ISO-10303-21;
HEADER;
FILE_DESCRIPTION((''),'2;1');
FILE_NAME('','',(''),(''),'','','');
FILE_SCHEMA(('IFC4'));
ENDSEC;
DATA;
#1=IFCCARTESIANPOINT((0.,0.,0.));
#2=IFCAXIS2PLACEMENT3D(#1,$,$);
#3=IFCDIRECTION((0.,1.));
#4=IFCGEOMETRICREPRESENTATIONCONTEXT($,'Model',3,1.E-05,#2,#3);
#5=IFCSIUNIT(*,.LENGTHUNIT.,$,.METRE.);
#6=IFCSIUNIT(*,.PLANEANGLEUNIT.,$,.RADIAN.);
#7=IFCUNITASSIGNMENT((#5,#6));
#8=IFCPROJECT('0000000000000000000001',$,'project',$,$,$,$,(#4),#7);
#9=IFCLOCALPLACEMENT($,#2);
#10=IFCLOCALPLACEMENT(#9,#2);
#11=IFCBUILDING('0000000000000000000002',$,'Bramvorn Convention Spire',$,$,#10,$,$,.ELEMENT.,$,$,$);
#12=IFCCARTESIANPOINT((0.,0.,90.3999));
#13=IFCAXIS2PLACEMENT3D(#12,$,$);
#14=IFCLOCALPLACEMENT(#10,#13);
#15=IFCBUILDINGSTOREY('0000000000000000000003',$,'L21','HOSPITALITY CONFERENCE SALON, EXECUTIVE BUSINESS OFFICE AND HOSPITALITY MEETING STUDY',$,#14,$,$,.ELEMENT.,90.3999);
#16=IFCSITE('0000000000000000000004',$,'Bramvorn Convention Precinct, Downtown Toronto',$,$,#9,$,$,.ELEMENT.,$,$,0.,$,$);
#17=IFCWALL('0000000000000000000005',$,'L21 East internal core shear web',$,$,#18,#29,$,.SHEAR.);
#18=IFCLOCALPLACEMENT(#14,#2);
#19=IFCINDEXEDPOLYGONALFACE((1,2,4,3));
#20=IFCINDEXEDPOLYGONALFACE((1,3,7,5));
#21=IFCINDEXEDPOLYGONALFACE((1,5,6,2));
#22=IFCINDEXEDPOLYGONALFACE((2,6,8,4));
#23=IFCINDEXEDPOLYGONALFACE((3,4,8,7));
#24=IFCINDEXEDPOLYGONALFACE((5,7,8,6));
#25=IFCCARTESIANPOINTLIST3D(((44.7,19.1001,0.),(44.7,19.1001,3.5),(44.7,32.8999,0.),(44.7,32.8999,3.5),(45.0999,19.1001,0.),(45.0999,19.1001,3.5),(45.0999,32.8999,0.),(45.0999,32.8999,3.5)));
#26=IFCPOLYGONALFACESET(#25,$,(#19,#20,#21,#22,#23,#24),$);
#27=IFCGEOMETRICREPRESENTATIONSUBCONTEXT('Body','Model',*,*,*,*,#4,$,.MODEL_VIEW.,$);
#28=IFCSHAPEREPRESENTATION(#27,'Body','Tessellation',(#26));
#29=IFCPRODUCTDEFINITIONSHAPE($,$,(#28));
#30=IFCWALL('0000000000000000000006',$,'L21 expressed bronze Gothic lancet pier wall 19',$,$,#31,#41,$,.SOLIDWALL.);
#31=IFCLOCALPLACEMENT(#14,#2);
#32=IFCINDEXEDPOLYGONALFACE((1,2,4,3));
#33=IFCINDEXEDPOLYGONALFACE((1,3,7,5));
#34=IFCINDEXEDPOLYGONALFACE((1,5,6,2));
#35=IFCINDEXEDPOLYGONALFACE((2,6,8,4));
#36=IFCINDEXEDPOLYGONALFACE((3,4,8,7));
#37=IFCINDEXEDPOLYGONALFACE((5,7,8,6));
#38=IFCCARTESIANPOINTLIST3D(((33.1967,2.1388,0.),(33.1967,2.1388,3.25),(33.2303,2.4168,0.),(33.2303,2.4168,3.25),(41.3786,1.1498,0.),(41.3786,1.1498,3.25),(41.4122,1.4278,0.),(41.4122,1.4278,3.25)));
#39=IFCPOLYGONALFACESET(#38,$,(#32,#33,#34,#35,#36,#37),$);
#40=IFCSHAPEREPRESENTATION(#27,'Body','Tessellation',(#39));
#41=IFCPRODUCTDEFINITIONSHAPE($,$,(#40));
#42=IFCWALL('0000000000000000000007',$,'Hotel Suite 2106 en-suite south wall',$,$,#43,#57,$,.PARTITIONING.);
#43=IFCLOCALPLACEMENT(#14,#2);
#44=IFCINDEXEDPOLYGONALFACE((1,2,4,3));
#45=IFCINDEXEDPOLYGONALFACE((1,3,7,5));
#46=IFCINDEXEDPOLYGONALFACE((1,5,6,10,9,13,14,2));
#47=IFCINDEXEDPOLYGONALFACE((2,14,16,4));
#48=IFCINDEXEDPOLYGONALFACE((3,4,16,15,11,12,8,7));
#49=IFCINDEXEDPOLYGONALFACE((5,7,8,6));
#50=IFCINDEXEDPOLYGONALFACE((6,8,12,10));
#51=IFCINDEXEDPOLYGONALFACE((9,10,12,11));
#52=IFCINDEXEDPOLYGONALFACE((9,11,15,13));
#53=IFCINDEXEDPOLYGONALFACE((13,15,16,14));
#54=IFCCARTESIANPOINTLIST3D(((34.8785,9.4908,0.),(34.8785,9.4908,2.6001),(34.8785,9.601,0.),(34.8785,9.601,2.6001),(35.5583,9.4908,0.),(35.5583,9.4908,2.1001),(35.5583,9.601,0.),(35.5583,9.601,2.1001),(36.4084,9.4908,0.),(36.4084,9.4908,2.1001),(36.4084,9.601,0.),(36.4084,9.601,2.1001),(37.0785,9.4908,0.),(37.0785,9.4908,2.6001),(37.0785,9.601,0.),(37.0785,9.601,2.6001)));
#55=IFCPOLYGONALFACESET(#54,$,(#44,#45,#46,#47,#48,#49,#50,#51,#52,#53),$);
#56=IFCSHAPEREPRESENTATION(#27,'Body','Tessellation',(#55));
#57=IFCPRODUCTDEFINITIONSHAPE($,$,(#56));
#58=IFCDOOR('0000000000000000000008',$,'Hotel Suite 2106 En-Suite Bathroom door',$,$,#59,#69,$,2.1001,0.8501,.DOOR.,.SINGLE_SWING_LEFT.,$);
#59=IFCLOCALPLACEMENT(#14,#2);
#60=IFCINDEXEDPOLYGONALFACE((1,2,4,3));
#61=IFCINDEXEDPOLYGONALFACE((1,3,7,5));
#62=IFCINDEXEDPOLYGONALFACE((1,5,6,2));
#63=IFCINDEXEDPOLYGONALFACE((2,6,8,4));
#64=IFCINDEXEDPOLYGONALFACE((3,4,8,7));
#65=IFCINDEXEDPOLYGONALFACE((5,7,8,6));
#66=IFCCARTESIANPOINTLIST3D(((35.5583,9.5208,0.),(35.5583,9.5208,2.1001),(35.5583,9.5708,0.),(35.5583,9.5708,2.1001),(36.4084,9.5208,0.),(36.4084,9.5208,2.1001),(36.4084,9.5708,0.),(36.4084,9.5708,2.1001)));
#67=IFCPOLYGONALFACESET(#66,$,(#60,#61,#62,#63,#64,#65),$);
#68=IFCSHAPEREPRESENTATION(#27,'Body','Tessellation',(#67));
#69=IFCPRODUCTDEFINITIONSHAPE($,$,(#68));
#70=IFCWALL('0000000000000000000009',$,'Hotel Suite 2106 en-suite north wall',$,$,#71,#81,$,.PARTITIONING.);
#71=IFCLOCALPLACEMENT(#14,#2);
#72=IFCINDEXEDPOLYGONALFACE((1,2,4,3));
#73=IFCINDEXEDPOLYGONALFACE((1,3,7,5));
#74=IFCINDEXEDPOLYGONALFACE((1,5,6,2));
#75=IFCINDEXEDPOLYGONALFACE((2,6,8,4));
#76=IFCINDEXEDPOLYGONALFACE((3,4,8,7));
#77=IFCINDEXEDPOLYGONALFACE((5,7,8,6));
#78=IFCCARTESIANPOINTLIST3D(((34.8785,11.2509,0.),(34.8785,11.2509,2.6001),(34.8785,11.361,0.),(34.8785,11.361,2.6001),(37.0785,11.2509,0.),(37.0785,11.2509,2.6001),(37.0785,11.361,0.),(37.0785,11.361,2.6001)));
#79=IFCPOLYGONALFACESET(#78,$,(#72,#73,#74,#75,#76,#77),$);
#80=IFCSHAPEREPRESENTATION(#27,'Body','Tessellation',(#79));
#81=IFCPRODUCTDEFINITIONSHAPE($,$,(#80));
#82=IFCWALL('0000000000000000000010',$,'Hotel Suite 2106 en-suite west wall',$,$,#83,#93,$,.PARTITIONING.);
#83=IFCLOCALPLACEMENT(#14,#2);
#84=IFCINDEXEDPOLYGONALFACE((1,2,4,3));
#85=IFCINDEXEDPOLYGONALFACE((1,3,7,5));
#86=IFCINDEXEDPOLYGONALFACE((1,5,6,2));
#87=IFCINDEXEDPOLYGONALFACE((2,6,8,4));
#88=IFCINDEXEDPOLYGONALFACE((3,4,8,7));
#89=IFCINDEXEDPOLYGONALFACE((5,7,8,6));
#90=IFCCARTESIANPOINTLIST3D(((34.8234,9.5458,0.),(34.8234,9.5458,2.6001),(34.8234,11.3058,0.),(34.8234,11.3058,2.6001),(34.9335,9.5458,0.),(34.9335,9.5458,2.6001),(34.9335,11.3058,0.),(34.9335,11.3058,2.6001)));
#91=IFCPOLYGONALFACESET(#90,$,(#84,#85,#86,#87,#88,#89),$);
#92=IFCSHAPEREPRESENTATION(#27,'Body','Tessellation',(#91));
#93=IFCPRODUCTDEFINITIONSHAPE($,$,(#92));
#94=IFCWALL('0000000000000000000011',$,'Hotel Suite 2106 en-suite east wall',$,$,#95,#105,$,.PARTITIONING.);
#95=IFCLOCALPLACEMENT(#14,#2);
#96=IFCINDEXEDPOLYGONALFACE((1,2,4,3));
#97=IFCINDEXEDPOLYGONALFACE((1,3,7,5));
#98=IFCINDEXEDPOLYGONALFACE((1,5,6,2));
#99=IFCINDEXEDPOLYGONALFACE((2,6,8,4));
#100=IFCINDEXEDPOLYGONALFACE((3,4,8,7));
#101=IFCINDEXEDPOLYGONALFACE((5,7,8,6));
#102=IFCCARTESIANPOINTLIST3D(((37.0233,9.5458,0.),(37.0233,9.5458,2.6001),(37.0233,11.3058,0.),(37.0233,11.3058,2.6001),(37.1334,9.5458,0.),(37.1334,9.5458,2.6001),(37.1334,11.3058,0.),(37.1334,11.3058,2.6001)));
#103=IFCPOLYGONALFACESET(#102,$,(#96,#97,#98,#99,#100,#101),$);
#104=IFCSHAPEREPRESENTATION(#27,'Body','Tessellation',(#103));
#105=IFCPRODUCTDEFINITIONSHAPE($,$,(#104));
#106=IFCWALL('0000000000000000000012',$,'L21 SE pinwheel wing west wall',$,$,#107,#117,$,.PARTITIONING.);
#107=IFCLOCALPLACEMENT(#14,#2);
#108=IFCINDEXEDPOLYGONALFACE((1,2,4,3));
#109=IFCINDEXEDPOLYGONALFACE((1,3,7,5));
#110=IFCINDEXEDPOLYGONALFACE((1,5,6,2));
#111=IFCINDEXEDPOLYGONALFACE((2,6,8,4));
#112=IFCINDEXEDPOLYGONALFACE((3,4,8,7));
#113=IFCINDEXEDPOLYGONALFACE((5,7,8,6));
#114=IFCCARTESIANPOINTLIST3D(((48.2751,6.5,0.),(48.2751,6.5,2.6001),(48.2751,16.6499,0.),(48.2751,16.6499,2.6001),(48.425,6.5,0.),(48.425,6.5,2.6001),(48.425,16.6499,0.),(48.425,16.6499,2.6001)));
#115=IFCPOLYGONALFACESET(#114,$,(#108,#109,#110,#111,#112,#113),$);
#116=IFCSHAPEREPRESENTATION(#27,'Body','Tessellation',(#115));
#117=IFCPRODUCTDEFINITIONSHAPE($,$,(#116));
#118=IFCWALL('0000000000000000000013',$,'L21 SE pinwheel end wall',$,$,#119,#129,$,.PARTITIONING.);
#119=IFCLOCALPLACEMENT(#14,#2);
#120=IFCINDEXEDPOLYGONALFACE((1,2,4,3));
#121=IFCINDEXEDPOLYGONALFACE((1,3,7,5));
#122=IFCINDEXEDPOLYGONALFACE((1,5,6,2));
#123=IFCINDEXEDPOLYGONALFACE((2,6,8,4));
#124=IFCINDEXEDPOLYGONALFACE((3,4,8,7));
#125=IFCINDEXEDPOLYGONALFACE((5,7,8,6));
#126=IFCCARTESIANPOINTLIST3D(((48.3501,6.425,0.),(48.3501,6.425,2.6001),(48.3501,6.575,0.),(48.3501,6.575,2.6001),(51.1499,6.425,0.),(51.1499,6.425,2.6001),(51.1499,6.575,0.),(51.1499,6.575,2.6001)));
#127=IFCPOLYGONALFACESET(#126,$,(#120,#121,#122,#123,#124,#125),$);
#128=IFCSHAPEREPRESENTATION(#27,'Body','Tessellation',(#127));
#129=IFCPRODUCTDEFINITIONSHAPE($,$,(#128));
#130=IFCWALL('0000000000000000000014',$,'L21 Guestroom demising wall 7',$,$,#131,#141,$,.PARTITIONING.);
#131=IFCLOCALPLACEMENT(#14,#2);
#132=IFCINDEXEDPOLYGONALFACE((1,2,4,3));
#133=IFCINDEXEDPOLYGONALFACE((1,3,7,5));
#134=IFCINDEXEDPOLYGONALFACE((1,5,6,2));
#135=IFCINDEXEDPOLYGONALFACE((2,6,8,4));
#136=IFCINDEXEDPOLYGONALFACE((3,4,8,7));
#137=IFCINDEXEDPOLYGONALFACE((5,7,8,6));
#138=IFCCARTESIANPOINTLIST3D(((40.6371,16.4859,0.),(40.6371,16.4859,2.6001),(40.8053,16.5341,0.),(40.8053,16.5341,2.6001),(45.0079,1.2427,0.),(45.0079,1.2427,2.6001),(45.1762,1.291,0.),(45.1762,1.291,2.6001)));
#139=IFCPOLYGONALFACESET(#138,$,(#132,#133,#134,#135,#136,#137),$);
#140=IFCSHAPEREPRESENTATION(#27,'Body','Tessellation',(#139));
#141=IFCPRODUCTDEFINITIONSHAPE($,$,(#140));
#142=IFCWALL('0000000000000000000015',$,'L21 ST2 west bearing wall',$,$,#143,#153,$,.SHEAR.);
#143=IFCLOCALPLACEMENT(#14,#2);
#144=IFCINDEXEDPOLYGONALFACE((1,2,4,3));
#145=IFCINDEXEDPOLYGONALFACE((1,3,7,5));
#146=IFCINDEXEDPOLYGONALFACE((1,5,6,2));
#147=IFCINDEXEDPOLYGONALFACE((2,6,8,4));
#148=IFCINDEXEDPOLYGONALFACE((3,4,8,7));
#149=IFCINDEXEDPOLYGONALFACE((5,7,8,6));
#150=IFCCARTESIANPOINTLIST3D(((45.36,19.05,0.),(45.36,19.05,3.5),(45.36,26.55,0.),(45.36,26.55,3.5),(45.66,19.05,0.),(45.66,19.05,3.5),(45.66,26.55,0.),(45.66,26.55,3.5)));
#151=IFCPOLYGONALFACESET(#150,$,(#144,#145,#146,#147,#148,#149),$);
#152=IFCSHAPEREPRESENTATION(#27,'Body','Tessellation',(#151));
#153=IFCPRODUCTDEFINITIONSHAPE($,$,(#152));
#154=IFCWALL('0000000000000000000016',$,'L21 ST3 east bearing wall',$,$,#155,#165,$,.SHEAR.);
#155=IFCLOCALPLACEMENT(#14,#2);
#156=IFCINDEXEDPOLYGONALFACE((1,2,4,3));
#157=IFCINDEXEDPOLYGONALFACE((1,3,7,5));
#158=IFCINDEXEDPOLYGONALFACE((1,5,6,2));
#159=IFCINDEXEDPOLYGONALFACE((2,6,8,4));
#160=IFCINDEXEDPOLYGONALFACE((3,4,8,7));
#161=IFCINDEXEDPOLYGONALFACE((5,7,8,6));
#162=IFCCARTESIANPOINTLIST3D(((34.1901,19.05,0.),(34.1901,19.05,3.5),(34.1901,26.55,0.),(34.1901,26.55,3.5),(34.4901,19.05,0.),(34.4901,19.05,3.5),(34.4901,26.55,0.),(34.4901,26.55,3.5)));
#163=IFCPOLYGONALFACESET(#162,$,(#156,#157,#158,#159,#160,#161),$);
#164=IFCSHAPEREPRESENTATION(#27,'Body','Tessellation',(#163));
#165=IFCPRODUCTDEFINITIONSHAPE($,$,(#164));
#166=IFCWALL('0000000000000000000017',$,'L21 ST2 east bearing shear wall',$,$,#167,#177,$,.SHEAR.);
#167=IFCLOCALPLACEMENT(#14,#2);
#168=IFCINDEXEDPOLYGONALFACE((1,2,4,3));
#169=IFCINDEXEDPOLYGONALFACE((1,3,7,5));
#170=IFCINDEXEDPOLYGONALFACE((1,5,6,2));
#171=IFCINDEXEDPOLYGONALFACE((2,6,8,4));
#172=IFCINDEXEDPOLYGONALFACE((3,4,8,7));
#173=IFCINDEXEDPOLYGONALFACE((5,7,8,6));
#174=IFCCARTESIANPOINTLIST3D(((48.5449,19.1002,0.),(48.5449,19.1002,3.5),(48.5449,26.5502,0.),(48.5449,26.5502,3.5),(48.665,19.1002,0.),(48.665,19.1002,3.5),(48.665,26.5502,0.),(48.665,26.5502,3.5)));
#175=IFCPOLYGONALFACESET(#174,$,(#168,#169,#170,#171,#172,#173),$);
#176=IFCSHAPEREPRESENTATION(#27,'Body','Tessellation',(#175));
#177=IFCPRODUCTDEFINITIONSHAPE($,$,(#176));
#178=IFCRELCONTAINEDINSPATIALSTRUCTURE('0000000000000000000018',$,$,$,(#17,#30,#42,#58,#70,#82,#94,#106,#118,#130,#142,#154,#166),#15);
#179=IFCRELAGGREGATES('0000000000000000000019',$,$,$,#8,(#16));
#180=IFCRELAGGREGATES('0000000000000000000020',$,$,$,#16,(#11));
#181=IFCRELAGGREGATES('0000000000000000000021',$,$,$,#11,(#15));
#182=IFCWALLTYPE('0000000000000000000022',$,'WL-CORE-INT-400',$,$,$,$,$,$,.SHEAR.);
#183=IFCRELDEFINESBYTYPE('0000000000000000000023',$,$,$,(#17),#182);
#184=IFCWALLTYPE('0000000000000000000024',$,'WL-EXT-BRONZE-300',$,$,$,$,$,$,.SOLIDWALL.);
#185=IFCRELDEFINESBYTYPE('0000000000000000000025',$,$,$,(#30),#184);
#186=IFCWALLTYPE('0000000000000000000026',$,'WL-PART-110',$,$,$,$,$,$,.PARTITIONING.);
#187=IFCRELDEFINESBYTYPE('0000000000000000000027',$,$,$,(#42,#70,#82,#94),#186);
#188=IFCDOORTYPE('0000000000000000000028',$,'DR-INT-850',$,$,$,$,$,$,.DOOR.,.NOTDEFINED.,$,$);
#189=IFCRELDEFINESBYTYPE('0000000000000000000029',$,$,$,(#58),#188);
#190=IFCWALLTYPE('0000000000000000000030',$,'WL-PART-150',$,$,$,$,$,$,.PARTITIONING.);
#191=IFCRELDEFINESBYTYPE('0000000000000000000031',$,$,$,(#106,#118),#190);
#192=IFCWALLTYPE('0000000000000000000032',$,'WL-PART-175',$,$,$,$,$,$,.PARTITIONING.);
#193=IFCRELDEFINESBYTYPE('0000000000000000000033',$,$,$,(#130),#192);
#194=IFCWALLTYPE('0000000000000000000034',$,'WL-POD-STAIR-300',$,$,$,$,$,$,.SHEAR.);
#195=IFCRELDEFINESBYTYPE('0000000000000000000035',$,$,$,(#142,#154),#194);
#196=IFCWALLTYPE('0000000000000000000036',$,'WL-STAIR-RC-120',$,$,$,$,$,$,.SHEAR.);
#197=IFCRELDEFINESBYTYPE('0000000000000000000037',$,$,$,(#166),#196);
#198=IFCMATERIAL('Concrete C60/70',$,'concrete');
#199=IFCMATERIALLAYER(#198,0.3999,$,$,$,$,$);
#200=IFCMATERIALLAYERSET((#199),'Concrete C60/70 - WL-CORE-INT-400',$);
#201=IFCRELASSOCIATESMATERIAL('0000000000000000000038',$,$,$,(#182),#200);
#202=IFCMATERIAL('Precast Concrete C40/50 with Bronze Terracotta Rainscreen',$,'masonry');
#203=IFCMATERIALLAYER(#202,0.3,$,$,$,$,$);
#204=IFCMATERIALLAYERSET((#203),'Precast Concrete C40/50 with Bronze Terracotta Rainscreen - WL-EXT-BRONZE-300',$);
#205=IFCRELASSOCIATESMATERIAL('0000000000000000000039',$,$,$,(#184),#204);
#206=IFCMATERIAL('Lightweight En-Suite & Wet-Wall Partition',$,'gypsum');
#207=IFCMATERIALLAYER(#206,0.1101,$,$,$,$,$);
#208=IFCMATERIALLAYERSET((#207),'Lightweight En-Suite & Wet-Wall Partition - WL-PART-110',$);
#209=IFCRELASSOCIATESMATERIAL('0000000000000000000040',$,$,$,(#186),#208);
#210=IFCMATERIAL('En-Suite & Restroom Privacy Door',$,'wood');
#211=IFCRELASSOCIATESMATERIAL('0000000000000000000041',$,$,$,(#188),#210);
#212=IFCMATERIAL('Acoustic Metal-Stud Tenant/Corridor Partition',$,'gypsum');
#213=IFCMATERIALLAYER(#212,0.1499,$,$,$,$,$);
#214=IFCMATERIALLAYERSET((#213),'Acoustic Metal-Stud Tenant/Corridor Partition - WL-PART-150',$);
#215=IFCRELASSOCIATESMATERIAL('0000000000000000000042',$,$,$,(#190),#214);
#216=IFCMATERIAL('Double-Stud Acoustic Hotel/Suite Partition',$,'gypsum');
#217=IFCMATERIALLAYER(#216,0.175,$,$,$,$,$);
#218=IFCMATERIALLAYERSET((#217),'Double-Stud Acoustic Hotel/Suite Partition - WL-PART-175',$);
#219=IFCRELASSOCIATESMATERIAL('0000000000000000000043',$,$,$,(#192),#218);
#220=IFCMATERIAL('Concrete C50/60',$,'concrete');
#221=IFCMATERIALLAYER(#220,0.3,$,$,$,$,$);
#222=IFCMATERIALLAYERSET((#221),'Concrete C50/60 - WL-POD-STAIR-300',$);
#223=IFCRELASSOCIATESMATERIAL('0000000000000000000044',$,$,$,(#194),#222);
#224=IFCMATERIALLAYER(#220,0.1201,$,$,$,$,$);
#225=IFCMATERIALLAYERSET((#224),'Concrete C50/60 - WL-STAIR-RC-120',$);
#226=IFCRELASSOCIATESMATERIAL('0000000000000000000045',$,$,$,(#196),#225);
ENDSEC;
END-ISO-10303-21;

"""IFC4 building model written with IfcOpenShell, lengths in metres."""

from ifc_helpers import new_model, si_unit, direction, frame, frame_2d, origin, place, context, subcontext, project, spatial, rectangle, extrude, material, layer, layer_set, type_object, element, fill, save


model = new_model("IFC4")

# Units and contexts
model_context = context("Model", 3, precision=1e-05, world=origin(), true_north=direction((0.0, 1.0)))
body_context = subcontext(model_context, "Body", "Model", "MODEL_VIEW")
ifc_project = project(units=[si_unit("LENGTHUNIT", "METRE"), si_unit("PLANEANGLEUNIT", "RADIAN")], contexts=[model_context])

# Site, building, storey
site_placement = place(None, origin())
site = spatial("IfcSite", under=ifc_project, at=site_placement, Name="Bramvorn Convention Precinct, Downtown Toronto", CompositionType="ELEMENT", RefElevation=0.0)
building_placement = place(site_placement, origin())
building = spatial("IfcBuilding", under=site, at=building_placement, Name="Bramvorn Convention Spire", CompositionType="ELEMENT")
storey_placement = place(building_placement, frame((0.0, 0.0, 90.3999)))
storey = spatial("IfcBuildingStorey", under=building, at=storey_placement, Name="L21", Description="HOSPITALITY CONFERENCE SALON, EXECUTIVE BUSINESS OFFICE AND HOSPITALITY MEETING STUDY", CompositionType="ELEMENT", Elevation=90.3999)

# Shared definitions
ifc_material_1 = material(Name="Concrete C60/70", Category="concrete")

# Walls
ifc_material_2 = material(Name="Concrete C50/60", Category="concrete")
ifc_layer_1 = layer(ifc_material_1, 0.3999)
ifc_layer_set_1 = layer_set([ifc_layer_1], Name="Concrete C60/70 - WL-CORE-INT-400")
wall_type_1 = type_object("IfcWallType", Name="WL-CORE-INT-400", PredefinedType="SHEAR", material=ifc_layer_set_1)
wall_1_placement = place(storey_placement, frame((44.8999, 19.1001, 0.0), z_axis=(0.0, 0.0, 1.0), x_axis=(0.0, 1.0, 0.0)))
element("IfcWall", 1, at=wall_1_placement, inside=storey, type_object=wall_type_1, Name="L21 East internal core shear web", PredefinedType="SHEAR", context=body_context, shape_type="SweptSolid", body=[
    extrude(rectangle(XDim=13.7998, YDim=0.3999, at=frame_2d((6.8999, 0.0))), origin(), (0.0, 0.0, 1.0), 3.5),
])
ifc_material_3 = material(Name="Precast Concrete C40/50 with Bronze Terracotta Rainscreen", Category="masonry")
ifc_layer_2 = layer(ifc_material_3, 0.3)
ifc_layer_set_2 = layer_set([ifc_layer_2], Name="Precast Concrete C40/50 with Bronze Terracotta Rainscreen - WL-EXT-BRONZE-300")
wall_type_2 = type_object("IfcWallType", Name="WL-EXT-BRONZE-300", PredefinedType="SOLIDWALL", material=ifc_layer_set_2)
wall_2_placement = place(storey_placement, frame((41.3953, 1.2888, 0.0), z_axis=(0.0, 0.0, 1.0), x_axis=(-0.992773, 0.120005, 0.0)))
element("IfcWall", 2, at=wall_2_placement, inside=storey, type_object=wall_type_2, Name="L21 expressed bronze Gothic lancet pier wall 19", PredefinedType="SOLIDWALL", context=body_context, shape_type="SweptSolid", body=[
    extrude(rectangle(XDim=8.2415, YDim=0.28, at=frame_2d((4.1206, 0.0))), origin(), (0.0, 0.0, 1.0), 3.25),
])

# Wall, opening, door
ifc_material_4 = material(Name="Lightweight En-Suite & Wet-Wall Partition", Category="gypsum")
ifc_layer_3 = layer(ifc_material_4, 0.1101)
ifc_layer_set_3 = layer_set([ifc_layer_3], Name="Lightweight En-Suite & Wet-Wall Partition - WL-PART-110")
wall_type_3 = type_object("IfcWallType", Name="WL-PART-110", PredefinedType="PARTITIONING", material=ifc_layer_set_3)
wall_3_placement = place(storey_placement, frame((34.8784, 9.5459, 0.0), z_axis=(0.0, 0.0, 1.0), x_axis=(1.0, 0.0, 0.0)))
wall_3 = element("IfcWall", 3, at=wall_3_placement, inside=storey, type_object=wall_type_3, Name="Hotel Suite 2106 en-suite south wall", PredefinedType="PARTITIONING", context=body_context, shape_type="SweptSolid", body=[
    extrude(rectangle(XDim=2.2, YDim=0.1101, at=frame_2d((1.1001, 0.0))), origin(), (0.0, 0.0, 1.0), 2.6001),
])
opening_1_placement = place(wall_3_placement, frame((0.6799, 0.0, 0.0)))
opening_1 = element("IfcOpeningElement", 4, at=opening_1_placement, cuts=wall_3, PredefinedType="OPENING", context=body_context, shape_type="SweptSolid", body=[
    extrude(rectangle(XDim=0.8501, YDim=2.1001, at=frame_2d((0.425, 1.05))), frame((0.0, 0.0649, 0.0), z_axis=(0.0, -1.0, 0.0), x_axis=(1.0, 0.0, 0.0)), (0.0, 0.0, 1.0), 0.1301),
])
ifc_material_5 = material(Name="En-Suite & Restroom Privacy Door", Category="wood")
door_type_1 = type_object("IfcDoorType", Name="DR-INT-850", OperationType="NOTDEFINED", PredefinedType="DOOR", material=ifc_material_5)
door_1_placement = place(opening_1_placement, origin())
door_1 = element("IfcDoor", 5, at=door_1_placement, inside=storey, type_object=door_type_1, Name="Hotel Suite 2106 En-Suite Bathroom door", OperationType="SINGLE_SWING_LEFT", OverallHeight=2.1001, OverallWidth=0.8501, PredefinedType="DOOR", context=body_context, shape_type="SweptSolid", body=[
    extrude(rectangle(XDim=0.8501, YDim=2.1001, at=frame_2d((0.425, 1.05))), frame((0.0, 0.0249, 0.0), z_axis=(0.0, -1.0, 0.0), x_axis=(1.0, 0.0, 0.0)), (0.0, 0.0, 1.0), 0.05),
])
fill(opening_1, door_1)

# Walls
wall_4_placement = place(storey_placement, frame((34.8784, 11.3059, 0.0), z_axis=(0.0, 0.0, 1.0), x_axis=(1.0, 0.0, 0.0)))
element("IfcWall", 6, at=wall_4_placement, inside=storey, type_object=wall_type_3, Name="Hotel Suite 2106 en-suite north wall", PredefinedType="PARTITIONING", context=body_context, shape_type="SweptSolid", body=[
    extrude(rectangle(XDim=2.2, YDim=0.1101, at=frame_2d((1.1001, 0.0))), origin(), (0.0, 0.0, 1.0), 2.6001),
])
for number, where, z_axis, x_axis, name in (
    (7, (34.8784, 9.5459, 0.0), (0.0, 0.0, 1.0), (0.0, 1.0, 0.0), "Hotel Suite 2106 en-suite west wall"),
    (8, (37.0784, 9.5459, 0.0), (0.0, 0.0, 1.0), (0.0, 1.0, 0.0), "Hotel Suite 2106 en-suite east wall"),
):
    element("IfcWall", number, at=place(storey_placement, frame(where, z_axis=z_axis, x_axis=x_axis)), inside=storey, type_object=wall_type_3, Name=name, PredefinedType="PARTITIONING", context=body_context, shape_type="SweptSolid", body=[
        extrude(rectangle(XDim=1.76, YDim=0.1101, at=frame_2d((0.8799, 0.0))), origin(), (0.0, 0.0, 1.0), 2.6001),
    ])
ifc_material_6 = material(Name="Acoustic Metal-Stud Tenant/Corridor Partition", Category="gypsum")
ifc_layer_4 = layer(ifc_material_6, 0.1499)
ifc_layer_set_4 = layer_set([ifc_layer_4], Name="Acoustic Metal-Stud Tenant/Corridor Partition - WL-PART-150")
wall_type_4 = type_object("IfcWallType", Name="WL-PART-150", PredefinedType="PARTITIONING", material=ifc_layer_set_4)
wall_5_placement = place(storey_placement, frame((48.3501, 6.5, 0.0), z_axis=(0.0, 0.0, 1.0), x_axis=(0.0, 1.0, 0.0)))
element("IfcWall", 9, at=wall_5_placement, inside=storey, type_object=wall_type_4, Name="L21 SE pinwheel wing west wall", PredefinedType="PARTITIONING", context=body_context, shape_type="SweptSolid", body=[
    extrude(rectangle(XDim=10.1499, YDim=0.1499, at=frame_2d((5.075, 0.0))), origin(), (0.0, 0.0, 1.0), 2.6001),
])
wall_6_placement = place(storey_placement, frame((48.3501, 6.5, 0.0), z_axis=(0.0, 0.0, 1.0), x_axis=(1.0, 0.0, 0.0)))
element("IfcWall", 10, at=wall_6_placement, inside=storey, type_object=wall_type_4, Name="L21 SE pinwheel end wall", PredefinedType="PARTITIONING", context=body_context, shape_type="SweptSolid", body=[
    extrude(rectangle(XDim=2.7998, YDim=0.1499, at=frame_2d((1.3999, 0.0))), origin(), (0.0, 0.0, 1.0), 2.6001),
])
ifc_material_7 = material(Name="Double-Stud Acoustic Hotel/Suite Partition", Category="gypsum")
ifc_layer_5 = layer(ifc_material_7, 0.175)
ifc_layer_set_5 = layer_set([ifc_layer_5], Name="Double-Stud Acoustic Hotel/Suite Partition - WL-PART-175")
wall_type_5 = type_object("IfcWallType", Name="WL-PART-175", PredefinedType="PARTITIONING", material=ifc_layer_set_5)
wall_7_placement = place(storey_placement, frame((40.7212, 16.51, 0.0), z_axis=(0.0, 0.0, 1.0), x_axis=(0.275634, -0.961263, 0.0)))
element("IfcWall", 11, at=wall_7_placement, inside=storey, type_object=wall_type_5, Name="L21 Guestroom demising wall 7", PredefinedType="PARTITIONING", context=body_context, shape_type="SweptSolid", body=[
    extrude(rectangle(XDim=15.8574, YDim=0.175, at=frame_2d((7.9287, 0.0))), origin(), (0.0, 0.0, 1.0), 2.6001),
])
ifc_layer_6 = layer(ifc_material_2, 0.3)
ifc_layer_set_6 = layer_set([ifc_layer_6], Name="Concrete C50/60 - WL-POD-STAIR-300")
wall_type_6 = type_object("IfcWallType", Name="WL-POD-STAIR-300", PredefinedType="SHEAR", material=ifc_layer_set_6)
for number, where, z_axis, x_axis, name in (
    (12, (45.51, 19.05, 0.0), (0.0, 0.0, 1.0), (0.0, 1.0, 0.0), "L21 ST2 west bearing wall"),
    (13, (34.3401, 19.05, 0.0), (0.0, 0.0, 1.0), (0.0, 1.0, 0.0), "L21 ST3 east bearing wall"),
):
    element("IfcWall", number, at=place(storey_placement, frame(where, z_axis=z_axis, x_axis=x_axis)), inside=storey, type_object=wall_type_6, Name=name, PredefinedType="SHEAR", context=body_context, shape_type="SweptSolid", body=[
        extrude(rectangle(XDim=7.5, YDim=0.3, at=frame_2d((3.75, 0.0))), origin(), (0.0, 0.0, 1.0), 3.5),
    ])
ifc_layer_7 = layer(ifc_material_2, 0.1201)
ifc_layer_set_7 = layer_set([ifc_layer_7], Name="Concrete C50/60 - WL-STAIR-RC-120")
wall_type_7 = type_object("IfcWallType", Name="WL-STAIR-RC-120", PredefinedType="SHEAR", material=ifc_layer_set_7)
wall_8_placement = place(storey_placement, frame((48.605, 19.1001, 0.0), z_axis=(0.0, 0.0, 1.0), x_axis=(0.0, 1.0, 0.0)))
element("IfcWall", 14, at=wall_8_placement, inside=storey, type_object=wall_type_7, Name="L21 ST2 east bearing shear wall", PredefinedType="SHEAR", context=body_context, shape_type="SweptSolid", body=[
    extrude(rectangle(XDim=7.45, YDim=0.1201, at=frame_2d((3.7251, 0.0))), origin(), (0.0, 0.0, 1.0), 3.5),
])

save(model, "model.ifc")
